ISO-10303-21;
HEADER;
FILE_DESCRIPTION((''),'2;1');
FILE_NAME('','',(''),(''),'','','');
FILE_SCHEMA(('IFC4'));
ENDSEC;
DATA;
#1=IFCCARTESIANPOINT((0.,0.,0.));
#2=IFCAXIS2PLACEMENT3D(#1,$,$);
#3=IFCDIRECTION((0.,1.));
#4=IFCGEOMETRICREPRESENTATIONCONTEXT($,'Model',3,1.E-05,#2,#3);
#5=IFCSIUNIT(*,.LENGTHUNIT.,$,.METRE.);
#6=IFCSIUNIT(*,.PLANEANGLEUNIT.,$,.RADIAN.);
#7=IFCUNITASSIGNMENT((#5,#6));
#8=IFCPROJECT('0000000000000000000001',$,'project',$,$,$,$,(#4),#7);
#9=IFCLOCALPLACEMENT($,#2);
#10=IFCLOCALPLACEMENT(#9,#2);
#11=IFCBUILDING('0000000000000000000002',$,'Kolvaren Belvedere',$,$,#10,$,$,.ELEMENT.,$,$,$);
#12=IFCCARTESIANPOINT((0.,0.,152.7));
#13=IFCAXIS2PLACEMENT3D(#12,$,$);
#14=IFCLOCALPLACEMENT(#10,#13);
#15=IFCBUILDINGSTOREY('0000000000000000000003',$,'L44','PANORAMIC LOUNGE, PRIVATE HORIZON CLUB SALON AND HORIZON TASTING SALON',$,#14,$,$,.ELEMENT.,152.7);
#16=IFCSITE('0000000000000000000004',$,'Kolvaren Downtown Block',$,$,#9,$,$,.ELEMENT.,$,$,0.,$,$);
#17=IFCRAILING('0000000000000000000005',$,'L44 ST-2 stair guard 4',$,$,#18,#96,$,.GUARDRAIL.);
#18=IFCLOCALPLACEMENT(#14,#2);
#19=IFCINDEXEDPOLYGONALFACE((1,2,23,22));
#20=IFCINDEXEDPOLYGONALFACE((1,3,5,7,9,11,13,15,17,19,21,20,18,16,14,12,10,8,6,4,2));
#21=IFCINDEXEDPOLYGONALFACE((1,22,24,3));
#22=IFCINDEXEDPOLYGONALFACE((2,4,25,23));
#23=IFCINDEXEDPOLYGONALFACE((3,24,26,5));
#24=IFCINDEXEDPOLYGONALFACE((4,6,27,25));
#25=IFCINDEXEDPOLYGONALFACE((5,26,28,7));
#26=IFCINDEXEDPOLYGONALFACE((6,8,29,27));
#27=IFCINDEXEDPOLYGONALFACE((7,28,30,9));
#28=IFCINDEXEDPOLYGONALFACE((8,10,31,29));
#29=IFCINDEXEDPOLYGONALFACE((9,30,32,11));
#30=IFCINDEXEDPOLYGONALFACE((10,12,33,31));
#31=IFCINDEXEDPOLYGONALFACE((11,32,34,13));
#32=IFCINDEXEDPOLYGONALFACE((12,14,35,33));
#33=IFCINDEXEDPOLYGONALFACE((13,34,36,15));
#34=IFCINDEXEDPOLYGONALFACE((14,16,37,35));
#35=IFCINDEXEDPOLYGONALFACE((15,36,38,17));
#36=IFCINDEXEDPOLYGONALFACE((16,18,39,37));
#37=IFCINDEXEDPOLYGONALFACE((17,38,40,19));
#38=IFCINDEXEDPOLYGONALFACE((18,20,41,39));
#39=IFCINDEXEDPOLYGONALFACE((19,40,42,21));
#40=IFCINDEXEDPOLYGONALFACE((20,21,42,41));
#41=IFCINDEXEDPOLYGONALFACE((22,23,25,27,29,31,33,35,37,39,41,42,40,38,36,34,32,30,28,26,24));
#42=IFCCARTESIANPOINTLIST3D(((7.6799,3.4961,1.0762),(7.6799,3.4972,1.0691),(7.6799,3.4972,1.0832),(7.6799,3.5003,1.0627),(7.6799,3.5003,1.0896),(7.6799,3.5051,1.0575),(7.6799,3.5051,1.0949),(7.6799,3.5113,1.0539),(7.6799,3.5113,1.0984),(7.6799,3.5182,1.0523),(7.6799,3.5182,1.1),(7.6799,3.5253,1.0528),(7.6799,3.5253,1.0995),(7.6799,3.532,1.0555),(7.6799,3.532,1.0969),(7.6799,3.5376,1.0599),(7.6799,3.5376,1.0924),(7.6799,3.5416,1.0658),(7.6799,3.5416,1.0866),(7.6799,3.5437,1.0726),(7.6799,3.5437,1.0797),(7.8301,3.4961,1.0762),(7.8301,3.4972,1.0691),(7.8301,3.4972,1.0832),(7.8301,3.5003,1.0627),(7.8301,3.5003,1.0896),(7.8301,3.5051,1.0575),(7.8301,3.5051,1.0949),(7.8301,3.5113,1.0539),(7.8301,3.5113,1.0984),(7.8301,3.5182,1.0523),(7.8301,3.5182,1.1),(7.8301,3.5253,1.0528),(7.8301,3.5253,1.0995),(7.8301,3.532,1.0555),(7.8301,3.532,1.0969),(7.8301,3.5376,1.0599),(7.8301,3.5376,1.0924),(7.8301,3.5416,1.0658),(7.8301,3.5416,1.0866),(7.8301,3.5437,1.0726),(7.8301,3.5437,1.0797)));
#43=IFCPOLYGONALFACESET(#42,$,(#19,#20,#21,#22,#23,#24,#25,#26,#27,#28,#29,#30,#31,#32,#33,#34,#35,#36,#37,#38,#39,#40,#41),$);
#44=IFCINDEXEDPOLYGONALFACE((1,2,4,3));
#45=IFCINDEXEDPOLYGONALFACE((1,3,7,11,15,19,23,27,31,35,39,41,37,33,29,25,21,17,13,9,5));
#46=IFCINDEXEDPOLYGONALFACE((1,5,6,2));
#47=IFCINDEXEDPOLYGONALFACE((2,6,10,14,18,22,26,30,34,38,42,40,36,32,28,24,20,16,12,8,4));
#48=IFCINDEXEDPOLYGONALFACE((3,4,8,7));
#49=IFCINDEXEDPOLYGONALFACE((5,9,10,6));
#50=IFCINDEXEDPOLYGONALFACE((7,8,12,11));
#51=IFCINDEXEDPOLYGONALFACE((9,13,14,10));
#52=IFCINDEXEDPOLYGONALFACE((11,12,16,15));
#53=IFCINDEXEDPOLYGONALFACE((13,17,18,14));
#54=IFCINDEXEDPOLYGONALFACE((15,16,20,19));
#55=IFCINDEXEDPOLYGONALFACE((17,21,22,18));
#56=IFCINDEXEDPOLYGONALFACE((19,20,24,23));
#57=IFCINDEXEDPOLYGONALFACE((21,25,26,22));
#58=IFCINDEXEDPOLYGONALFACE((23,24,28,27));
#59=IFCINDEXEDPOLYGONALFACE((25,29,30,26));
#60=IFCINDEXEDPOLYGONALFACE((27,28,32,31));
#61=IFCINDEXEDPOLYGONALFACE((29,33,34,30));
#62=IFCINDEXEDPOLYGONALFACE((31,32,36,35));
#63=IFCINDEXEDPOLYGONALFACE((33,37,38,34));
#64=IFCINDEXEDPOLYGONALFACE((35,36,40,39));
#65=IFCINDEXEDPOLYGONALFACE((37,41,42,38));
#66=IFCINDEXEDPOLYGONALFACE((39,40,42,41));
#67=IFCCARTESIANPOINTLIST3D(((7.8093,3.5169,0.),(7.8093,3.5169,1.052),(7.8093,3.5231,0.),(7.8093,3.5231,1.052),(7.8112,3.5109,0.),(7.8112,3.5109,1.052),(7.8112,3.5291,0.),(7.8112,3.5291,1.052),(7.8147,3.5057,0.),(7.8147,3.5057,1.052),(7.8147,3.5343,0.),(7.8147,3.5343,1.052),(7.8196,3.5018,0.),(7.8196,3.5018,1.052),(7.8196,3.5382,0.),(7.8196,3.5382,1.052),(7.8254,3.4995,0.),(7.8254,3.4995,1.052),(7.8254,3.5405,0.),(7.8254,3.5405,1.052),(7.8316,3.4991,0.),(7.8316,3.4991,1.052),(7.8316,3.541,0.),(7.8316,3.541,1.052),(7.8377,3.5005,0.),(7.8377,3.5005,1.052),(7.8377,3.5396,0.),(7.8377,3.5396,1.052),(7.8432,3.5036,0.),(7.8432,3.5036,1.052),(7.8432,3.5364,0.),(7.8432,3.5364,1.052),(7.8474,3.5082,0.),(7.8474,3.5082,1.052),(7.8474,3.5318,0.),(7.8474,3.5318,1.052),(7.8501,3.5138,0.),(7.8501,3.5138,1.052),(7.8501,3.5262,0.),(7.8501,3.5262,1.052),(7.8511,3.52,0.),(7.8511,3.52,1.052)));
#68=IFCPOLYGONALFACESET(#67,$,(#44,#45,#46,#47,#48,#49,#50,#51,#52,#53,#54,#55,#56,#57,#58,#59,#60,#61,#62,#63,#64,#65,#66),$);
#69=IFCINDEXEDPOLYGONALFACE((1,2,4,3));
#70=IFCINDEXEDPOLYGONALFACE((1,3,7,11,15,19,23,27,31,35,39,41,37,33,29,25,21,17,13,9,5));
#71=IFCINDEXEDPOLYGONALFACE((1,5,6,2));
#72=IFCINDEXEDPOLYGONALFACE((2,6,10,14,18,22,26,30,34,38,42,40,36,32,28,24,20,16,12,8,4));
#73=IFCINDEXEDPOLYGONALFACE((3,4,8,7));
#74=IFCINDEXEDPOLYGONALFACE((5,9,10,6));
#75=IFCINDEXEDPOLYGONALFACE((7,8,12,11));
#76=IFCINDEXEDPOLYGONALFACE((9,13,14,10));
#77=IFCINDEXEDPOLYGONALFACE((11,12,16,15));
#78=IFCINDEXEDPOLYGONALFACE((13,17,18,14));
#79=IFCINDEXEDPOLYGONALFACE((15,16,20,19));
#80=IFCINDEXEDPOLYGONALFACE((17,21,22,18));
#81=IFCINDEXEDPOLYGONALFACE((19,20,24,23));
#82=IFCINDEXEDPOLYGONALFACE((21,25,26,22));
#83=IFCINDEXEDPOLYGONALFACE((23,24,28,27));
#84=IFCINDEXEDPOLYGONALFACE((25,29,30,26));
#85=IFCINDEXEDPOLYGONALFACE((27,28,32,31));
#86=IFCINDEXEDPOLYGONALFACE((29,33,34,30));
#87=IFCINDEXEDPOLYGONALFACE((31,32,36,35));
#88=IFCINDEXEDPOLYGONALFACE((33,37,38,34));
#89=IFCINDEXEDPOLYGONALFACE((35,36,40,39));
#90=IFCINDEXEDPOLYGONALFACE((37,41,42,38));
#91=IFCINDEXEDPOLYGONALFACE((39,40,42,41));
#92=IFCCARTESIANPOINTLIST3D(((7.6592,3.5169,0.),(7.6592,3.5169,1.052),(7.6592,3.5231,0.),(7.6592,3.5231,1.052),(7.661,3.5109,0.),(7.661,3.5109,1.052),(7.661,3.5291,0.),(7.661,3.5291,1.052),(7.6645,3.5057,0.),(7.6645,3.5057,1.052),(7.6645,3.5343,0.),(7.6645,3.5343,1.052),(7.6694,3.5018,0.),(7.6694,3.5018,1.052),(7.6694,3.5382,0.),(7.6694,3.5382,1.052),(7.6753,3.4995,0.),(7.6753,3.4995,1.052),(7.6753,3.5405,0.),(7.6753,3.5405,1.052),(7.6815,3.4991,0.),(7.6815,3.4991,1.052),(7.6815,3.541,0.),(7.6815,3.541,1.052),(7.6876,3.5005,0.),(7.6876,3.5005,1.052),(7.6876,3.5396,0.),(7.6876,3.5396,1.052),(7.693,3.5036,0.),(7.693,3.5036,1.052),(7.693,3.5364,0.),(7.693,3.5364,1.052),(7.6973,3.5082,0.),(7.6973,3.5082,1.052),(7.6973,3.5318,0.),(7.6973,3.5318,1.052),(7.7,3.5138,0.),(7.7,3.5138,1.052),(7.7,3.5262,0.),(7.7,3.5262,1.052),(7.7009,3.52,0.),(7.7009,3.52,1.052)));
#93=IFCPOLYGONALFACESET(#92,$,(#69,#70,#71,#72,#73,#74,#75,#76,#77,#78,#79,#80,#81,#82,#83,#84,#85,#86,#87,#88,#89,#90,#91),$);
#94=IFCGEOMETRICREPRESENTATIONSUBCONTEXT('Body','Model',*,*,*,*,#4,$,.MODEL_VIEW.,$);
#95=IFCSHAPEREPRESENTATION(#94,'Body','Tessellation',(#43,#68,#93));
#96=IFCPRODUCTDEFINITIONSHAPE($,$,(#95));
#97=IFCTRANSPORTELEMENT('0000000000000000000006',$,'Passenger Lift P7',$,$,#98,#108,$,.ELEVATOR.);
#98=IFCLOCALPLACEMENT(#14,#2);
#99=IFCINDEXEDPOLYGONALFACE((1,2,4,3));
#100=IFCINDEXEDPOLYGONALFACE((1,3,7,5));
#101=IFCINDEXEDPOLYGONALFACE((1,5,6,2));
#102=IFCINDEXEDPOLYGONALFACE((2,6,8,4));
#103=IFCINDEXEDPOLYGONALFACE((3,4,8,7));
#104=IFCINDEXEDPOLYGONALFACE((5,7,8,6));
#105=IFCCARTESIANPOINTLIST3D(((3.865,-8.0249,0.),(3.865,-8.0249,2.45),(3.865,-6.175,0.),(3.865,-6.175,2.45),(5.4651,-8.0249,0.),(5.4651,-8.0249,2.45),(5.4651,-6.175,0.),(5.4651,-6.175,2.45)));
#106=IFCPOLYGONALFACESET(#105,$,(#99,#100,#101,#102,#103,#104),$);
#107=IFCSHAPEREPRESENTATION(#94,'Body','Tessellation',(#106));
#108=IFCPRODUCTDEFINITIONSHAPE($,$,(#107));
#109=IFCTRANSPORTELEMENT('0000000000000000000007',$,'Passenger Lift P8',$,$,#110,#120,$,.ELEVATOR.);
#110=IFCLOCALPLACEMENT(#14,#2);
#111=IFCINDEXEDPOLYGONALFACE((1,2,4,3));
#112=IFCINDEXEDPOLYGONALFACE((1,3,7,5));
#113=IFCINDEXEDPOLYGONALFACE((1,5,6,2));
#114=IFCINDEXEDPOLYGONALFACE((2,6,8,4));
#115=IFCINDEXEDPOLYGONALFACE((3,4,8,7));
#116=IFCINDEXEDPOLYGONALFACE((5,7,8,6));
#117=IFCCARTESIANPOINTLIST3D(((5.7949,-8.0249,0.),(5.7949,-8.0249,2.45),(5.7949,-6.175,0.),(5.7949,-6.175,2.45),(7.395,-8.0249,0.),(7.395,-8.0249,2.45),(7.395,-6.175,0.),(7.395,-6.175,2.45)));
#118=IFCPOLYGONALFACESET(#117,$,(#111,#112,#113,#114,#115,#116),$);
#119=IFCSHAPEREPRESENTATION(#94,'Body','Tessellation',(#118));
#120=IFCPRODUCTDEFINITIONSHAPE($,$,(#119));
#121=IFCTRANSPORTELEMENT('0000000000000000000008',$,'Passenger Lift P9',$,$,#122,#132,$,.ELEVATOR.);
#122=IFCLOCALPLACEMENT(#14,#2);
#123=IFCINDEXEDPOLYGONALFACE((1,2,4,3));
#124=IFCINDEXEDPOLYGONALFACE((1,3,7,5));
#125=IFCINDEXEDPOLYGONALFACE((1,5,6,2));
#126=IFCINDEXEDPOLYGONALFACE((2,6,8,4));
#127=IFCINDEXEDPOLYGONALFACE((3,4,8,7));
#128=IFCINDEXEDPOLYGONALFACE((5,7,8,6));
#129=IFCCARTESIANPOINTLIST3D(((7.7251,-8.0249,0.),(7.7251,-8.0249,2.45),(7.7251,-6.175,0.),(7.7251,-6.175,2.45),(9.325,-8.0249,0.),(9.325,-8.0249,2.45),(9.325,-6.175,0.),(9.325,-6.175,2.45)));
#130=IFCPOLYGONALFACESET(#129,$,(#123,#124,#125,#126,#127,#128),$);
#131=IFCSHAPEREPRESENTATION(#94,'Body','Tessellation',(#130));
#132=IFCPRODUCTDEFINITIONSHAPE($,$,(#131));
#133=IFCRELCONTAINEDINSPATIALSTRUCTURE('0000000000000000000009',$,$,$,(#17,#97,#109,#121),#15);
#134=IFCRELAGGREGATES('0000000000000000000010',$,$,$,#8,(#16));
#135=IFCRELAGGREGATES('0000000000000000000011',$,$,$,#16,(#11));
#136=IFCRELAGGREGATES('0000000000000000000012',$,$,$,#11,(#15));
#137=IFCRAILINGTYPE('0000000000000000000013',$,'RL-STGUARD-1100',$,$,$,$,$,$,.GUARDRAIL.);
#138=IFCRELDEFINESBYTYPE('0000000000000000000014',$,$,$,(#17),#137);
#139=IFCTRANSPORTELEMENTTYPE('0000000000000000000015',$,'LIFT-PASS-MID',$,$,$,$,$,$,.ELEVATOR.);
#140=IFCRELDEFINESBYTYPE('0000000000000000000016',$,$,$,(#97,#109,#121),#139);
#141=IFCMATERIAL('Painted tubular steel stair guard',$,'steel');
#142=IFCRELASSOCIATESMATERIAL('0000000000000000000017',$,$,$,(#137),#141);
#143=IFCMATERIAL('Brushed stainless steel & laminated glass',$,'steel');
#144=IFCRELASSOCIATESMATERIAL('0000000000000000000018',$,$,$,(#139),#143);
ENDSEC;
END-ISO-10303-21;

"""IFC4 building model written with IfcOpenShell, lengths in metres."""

from ifc_helpers import new_model, si_unit, direction, frame, origin, origin_2d, place, context, subcontext, project, spatial, polyline, circle, outline, extrude, material, type_object, element, save


model = new_model("IFC4")

# Units and contexts
model_context = context("Model", 3, precision=1e-05, world=origin(), true_north=direction((0.0, 1.0)))
body_context = subcontext(model_context, "Body", "Model", "MODEL_VIEW")
ifc_project = project(units=[si_unit("LENGTHUNIT", "METRE"), si_unit("PLANEANGLEUNIT", "RADIAN")], contexts=[model_context])

# Site, building, storey
site_placement = place(None, origin())
site = spatial("IfcSite", under=ifc_project, at=site_placement, Name="Kolvaren Downtown Block", CompositionType="ELEMENT", RefElevation=0.0)
building_placement = place(site_placement, origin())
building = spatial("IfcBuilding", under=site, at=building_placement, Name="Kolvaren Belvedere", CompositionType="ELEMENT")
storey_placement = place(building_placement, frame((0.0, 0.0, 152.7)))
storey = spatial("IfcBuildingStorey", under=building, at=storey_placement, Name="L44", Description="PANORAMIC LOUNGE, PRIVATE HORIZON CLUB SALON AND HORIZON TASTING SALON", CompositionType="ELEMENT", Elevation=152.7)

# Railing
ifc_material_1 = material(Name="Painted tubular steel stair guard", Category="steel")
railing_type_1 = type_object("IfcRailingType", Name="RL-STGUARD-1100", PredefinedType="GUARDRAIL", material=ifc_material_1)
railing_1_placement = place(storey_placement, frame((7.8301, 3.52, 0.0)))
element("IfcRailing", 1, at=railing_1_placement, inside=storey, type_object=railing_type_1, Name="L44 ST-2 stair guard 4", PredefinedType="GUARDRAIL", context=body_context, shape_type="SweptSolid", body=[
    extrude(circle(Radius=0.0239, at=origin_2d()), frame((0.0, 0.0, 1.0762), z_axis=(-1.0, 0.0, 0.0), x_axis=(0.0, -1.0, 0.0)), (0.0, 0.0, 1.0), 0.1501),
    extrude(circle(Radius=0.021, at=origin_2d()), origin(), (0.0, 0.0, 1.0), 1.052),
    extrude(circle(Radius=0.021, at=origin_2d()), frame((-0.1501, 0.0, 0.0)), (0.0, 0.0, 1.0), 1.052),
])

# Transport elements
ifc_material_2 = material(Name="Brushed stainless steel & laminated glass", Category="steel")
transport_element_type = type_object("IfcTransportElementType", Name="LIFT-PASS-MID", PredefinedType="ELEVATOR", material=ifc_material_2)
transport_element_1_placement = place(storey_placement, origin())
element("IfcTransportElement", 2, at=transport_element_1_placement, inside=storey, type_object=transport_element_type, Name="Passenger Lift P7", PredefinedType="ELEVATOR", context=body_context, shape_type="SweptSolid", body=[
    extrude(outline(polyline([(3.865, -8.0249), (5.4651, -8.0249), (5.4651, -6.175), (3.865, -6.175), (3.865, -8.0249)])), origin(), (0.0, 0.0, 1.0), 2.45),
])
transport_element_2_placement = place(storey_placement, origin())
element("IfcTransportElement", 3, at=transport_element_2_placement, inside=storey, type_object=transport_element_type, Name="Passenger Lift P8", PredefinedType="ELEVATOR", context=body_context, shape_type="SweptSolid", body=[
    extrude(outline(polyline([(5.7949, -8.0249), (7.395, -8.0249), (7.395, -6.175), (5.7949, -6.175), (5.7949, -8.0249)])), origin(), (0.0, 0.0, 1.0), 2.45),
])
transport_element_3_placement = place(storey_placement, origin())
element("IfcTransportElement", 4, at=transport_element_3_placement, inside=storey, type_object=transport_element_type, Name="Passenger Lift P9", PredefinedType="ELEVATOR", context=body_context, shape_type="SweptSolid", body=[
    extrude(outline(polyline([(7.7251, -8.0249), (9.325, -8.0249), (9.325, -6.175), (7.7251, -6.175), (7.7251, -8.0249)])), origin(), (0.0, 0.0, 1.0), 2.45),
])

save(model, "model.ifc")
